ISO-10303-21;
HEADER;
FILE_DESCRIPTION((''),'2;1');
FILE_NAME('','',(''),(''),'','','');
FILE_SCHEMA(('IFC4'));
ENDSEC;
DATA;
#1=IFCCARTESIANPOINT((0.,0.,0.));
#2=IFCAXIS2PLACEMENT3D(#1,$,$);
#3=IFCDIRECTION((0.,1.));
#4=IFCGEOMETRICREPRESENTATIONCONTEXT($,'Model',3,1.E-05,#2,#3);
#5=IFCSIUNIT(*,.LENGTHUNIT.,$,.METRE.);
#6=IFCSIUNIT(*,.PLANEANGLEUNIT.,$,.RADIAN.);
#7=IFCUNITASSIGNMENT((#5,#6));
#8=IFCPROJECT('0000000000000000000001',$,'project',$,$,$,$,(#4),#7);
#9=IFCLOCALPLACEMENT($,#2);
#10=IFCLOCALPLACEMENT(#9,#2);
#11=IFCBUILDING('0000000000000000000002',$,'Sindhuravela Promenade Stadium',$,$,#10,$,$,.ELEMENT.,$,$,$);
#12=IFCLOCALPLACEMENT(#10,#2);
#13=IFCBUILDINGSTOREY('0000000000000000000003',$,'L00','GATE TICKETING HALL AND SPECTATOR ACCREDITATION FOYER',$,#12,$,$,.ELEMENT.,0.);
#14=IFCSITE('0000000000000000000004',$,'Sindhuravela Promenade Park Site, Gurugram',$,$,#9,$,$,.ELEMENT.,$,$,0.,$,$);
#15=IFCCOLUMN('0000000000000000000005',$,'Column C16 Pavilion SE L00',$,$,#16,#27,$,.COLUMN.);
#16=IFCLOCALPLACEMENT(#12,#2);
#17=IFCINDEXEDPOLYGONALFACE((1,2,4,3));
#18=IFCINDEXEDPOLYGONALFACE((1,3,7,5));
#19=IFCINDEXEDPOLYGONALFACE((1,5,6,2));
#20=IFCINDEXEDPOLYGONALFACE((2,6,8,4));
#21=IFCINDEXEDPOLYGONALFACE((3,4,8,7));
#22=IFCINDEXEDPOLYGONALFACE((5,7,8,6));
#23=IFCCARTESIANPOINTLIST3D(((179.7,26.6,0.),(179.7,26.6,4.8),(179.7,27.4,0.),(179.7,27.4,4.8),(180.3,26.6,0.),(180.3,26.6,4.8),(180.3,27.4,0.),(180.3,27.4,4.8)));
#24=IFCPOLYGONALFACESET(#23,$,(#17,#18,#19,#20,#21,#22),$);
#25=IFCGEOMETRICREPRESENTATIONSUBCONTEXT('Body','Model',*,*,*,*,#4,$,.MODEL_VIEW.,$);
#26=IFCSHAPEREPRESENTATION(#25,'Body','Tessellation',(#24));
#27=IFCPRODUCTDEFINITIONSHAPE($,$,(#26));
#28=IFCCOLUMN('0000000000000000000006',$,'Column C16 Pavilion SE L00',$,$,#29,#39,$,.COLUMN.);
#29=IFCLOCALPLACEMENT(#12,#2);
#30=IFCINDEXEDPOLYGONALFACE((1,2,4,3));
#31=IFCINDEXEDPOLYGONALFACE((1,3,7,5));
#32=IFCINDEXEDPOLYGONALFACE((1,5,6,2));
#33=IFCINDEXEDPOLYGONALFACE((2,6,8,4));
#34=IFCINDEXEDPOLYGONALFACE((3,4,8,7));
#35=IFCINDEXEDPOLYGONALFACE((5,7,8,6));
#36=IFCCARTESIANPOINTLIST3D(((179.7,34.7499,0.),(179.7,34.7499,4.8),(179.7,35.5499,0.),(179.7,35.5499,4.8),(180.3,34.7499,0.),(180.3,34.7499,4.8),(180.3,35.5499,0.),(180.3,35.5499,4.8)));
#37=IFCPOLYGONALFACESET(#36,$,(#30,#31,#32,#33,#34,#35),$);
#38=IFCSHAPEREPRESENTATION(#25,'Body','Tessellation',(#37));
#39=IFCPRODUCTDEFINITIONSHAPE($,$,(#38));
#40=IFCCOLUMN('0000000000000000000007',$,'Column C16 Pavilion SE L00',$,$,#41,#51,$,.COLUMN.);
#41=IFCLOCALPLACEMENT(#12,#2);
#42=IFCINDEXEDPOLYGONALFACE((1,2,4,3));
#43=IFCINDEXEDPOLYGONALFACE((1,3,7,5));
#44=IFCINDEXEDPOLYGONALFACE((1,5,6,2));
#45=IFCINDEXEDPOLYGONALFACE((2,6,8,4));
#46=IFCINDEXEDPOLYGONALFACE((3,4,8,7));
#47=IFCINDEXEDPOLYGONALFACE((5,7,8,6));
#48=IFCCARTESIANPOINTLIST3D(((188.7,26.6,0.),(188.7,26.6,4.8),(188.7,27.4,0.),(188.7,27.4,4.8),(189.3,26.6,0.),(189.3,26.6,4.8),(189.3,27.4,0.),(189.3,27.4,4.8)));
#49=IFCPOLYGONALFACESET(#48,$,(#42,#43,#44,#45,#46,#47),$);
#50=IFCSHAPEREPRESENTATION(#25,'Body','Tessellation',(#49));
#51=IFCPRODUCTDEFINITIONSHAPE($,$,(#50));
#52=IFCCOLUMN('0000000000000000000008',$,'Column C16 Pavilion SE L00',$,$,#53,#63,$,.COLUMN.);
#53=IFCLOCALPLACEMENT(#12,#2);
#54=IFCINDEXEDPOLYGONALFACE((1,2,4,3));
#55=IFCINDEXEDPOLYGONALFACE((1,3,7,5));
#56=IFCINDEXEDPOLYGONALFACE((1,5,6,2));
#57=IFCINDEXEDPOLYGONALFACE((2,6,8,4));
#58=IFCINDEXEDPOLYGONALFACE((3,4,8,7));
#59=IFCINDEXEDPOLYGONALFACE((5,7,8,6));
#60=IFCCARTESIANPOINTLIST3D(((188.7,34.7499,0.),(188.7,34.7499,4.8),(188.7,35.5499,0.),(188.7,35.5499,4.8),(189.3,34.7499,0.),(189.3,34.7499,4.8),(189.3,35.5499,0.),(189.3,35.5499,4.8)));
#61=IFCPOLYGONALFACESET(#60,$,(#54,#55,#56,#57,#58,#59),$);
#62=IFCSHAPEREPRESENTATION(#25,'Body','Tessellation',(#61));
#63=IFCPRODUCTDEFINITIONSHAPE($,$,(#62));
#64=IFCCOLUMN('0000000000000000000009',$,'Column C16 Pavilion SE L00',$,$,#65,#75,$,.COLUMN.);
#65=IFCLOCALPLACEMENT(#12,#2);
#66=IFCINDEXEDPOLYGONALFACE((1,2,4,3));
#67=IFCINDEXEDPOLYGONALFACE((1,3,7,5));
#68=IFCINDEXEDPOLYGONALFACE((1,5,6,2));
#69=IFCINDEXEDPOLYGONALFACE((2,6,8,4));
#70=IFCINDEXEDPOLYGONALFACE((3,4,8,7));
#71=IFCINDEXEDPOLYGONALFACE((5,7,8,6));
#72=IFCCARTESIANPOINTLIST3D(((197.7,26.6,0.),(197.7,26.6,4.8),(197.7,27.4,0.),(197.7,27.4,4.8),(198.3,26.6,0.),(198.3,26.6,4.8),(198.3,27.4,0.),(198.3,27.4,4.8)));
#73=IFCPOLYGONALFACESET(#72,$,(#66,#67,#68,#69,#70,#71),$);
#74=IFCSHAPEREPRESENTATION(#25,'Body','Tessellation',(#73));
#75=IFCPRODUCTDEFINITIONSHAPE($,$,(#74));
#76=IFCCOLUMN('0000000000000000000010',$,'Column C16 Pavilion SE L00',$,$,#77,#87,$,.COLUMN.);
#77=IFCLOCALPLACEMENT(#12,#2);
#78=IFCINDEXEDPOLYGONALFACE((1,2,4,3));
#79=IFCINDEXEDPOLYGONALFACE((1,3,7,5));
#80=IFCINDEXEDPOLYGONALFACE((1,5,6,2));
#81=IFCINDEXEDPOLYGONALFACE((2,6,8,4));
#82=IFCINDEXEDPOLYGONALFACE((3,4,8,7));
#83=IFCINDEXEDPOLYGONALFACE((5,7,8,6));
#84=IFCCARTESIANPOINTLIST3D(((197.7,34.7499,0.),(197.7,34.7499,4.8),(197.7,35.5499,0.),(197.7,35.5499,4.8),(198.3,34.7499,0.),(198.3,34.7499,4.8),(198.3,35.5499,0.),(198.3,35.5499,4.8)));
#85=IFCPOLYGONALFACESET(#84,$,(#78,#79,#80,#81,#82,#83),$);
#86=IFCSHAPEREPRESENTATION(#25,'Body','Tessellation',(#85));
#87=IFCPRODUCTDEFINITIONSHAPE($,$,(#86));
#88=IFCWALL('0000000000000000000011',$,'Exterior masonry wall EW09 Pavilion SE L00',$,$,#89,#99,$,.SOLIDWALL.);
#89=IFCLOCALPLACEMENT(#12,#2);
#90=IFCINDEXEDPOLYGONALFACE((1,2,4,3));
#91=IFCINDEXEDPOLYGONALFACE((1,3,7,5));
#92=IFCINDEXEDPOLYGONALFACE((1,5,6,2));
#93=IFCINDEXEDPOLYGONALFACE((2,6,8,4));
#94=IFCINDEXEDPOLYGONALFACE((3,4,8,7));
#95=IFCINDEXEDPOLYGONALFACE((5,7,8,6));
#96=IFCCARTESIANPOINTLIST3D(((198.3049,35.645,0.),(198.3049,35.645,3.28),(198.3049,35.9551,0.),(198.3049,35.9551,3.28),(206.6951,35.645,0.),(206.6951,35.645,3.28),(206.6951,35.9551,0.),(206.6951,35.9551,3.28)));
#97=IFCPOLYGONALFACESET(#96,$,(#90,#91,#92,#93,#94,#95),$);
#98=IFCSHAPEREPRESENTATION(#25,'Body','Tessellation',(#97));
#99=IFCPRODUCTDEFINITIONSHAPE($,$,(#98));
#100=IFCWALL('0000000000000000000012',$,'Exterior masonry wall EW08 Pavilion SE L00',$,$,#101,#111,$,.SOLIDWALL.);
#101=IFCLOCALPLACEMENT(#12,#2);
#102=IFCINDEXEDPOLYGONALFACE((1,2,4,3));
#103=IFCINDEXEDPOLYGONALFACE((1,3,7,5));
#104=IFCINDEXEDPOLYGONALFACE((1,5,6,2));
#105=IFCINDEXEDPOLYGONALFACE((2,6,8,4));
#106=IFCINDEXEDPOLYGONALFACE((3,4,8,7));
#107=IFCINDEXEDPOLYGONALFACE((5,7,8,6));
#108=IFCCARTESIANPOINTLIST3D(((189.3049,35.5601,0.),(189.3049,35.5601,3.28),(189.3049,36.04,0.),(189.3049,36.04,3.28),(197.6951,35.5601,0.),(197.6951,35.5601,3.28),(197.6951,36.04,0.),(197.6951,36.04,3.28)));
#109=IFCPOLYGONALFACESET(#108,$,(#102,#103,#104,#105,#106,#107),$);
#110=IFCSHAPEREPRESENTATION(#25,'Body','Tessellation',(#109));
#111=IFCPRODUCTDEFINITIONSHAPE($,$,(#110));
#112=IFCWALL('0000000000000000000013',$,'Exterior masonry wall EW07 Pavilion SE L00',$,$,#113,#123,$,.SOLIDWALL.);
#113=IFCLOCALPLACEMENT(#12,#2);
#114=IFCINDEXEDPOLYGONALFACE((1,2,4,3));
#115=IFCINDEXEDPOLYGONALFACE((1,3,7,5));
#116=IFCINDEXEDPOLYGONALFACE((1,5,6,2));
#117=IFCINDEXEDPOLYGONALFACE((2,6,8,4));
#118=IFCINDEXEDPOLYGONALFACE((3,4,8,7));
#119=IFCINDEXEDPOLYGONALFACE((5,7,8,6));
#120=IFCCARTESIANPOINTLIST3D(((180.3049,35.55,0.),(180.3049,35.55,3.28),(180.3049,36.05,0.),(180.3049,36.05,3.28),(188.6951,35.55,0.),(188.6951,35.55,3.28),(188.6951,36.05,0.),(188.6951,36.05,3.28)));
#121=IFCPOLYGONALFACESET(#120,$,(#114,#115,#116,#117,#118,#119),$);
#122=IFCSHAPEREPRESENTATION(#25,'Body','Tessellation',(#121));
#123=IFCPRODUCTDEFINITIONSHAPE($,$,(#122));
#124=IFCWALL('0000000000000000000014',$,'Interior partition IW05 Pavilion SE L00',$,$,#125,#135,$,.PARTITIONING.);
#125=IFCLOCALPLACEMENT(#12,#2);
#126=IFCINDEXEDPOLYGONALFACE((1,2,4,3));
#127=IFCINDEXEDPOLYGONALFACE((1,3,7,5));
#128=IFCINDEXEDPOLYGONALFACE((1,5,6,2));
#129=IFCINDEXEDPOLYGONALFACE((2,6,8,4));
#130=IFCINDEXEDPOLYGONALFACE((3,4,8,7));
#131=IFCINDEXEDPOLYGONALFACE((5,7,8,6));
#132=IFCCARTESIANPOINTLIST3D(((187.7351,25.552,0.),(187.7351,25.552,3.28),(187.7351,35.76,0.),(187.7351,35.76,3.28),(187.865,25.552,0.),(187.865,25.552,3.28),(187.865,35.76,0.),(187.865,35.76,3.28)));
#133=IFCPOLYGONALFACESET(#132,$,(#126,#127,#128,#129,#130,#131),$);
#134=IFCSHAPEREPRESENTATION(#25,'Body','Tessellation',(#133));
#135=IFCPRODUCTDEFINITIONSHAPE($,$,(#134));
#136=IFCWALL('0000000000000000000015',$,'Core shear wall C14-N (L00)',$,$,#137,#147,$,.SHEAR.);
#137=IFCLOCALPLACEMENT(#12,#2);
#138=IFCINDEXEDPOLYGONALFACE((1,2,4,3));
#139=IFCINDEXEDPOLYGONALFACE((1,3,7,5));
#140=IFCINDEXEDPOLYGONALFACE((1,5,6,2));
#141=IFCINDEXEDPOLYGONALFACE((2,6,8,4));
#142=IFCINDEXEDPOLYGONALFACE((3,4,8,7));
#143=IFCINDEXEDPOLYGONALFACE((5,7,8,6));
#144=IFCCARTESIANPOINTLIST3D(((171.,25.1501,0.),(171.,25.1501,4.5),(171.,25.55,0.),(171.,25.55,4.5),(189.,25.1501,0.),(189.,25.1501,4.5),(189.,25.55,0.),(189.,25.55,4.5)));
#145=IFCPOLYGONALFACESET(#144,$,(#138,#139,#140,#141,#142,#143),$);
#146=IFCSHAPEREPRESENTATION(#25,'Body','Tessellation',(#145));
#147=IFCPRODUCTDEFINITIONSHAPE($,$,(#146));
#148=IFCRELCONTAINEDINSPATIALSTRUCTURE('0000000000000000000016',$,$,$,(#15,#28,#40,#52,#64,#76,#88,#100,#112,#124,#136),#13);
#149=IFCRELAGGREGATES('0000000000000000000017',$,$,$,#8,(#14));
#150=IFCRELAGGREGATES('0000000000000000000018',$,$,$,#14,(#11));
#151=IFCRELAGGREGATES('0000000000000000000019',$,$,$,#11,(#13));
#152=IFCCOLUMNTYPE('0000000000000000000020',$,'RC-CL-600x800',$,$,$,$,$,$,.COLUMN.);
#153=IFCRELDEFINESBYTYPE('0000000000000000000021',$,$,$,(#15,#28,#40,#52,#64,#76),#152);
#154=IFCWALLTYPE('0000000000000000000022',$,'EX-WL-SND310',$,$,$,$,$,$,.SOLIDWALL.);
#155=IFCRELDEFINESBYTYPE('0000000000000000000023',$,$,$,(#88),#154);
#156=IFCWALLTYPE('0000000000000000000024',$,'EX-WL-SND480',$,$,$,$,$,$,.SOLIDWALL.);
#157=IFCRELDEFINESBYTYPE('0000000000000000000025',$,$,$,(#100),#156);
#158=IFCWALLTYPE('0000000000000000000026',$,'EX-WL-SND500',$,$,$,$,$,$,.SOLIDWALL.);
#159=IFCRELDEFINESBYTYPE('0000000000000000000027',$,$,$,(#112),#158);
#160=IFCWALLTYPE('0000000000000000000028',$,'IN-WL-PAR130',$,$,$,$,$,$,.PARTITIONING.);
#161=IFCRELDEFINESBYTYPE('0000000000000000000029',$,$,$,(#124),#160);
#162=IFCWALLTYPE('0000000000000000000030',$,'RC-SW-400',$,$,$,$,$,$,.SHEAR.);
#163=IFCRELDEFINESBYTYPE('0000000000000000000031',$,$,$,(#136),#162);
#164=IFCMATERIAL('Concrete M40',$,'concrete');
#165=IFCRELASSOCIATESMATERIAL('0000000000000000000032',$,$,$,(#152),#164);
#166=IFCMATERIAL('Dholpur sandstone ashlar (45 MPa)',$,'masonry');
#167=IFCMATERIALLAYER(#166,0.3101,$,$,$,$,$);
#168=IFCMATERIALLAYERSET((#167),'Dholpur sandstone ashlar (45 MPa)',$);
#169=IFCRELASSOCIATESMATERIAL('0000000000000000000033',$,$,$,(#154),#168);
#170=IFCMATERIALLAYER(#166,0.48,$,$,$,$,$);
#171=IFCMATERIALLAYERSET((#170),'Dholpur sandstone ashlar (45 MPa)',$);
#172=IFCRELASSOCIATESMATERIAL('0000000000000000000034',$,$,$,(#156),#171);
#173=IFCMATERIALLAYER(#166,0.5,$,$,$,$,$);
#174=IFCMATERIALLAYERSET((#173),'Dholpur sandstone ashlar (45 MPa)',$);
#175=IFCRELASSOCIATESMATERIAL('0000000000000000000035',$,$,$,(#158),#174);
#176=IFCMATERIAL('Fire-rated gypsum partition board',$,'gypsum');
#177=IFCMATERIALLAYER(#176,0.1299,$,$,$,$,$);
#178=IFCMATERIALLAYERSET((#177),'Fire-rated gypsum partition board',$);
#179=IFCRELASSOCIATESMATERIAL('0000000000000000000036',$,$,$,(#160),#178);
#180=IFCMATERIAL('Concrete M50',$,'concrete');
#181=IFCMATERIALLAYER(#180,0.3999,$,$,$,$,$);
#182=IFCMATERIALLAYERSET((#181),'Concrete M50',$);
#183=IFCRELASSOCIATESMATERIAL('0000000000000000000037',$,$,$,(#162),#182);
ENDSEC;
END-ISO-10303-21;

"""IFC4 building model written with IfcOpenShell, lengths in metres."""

from ifc_helpers import new_model, si_unit, direction, frame, frame_2d, origin, origin_2d, place, context, subcontext, project, spatial, rectangle, extrude, material, layer, layer_set, material_profile, profile_set, type_object, element, save


model = new_model("IFC4")

# Units and contexts
model_context = context("Model", 3, precision=1e-05, world=origin(), true_north=direction((0.0, 1.0)))
body_context = subcontext(model_context, "Body", "Model", "MODEL_VIEW")
ifc_project = project(units=[si_unit("LENGTHUNIT", "METRE"), si_unit("PLANEANGLEUNIT", "RADIAN")], contexts=[model_context])

# Site, building, storey
site_placement = place(None, origin())
site = spatial("IfcSite", under=ifc_project, at=site_placement, Name="Sindhuravela Promenade Park Site, Gurugram", CompositionType="ELEMENT", RefElevation=0.0)
building_placement = place(site_placement, origin())
building = spatial("IfcBuilding", under=site, at=building_placement, Name="Sindhuravela Promenade Stadium", CompositionType="ELEMENT")
storey_placement = place(building_placement, origin())
storey = spatial("IfcBuildingStorey", under=building, at=storey_placement, Name="L00", Description="GATE TICKETING HALL AND SPECTATOR ACCREDITATION FOYER", CompositionType="ELEMENT", Elevation=0.0)

# Shared definitions
ifc_material_1 = material(Name="Concrete M50", Category="concrete")

# Shared definitions
ifc_material_2 = material(Name="Concrete M40", Category="concrete")

# Columns
ifc_material_profile_1 = material_profile(ifc_material_2, rectangle(XDim=0.6001, YDim=0.8, at=origin_2d()), Name="RC 600x800")
ifc_profile_set_1 = profile_set([ifc_material_profile_1], Name="Concrete M40")
column_type = type_object("IfcColumnType", Name="RC-CL-600x800", PredefinedType="COLUMN", material=ifc_profile_set_1)
for number, where, z_axis, x_axis, name in (
    (1, (180.0, 27.0, 0.0), (0.0, 0.0, 1.0), (1.0, 0.0, 0.0), "Column C16 Pavilion SE L00"),
    (2, (180.0, 35.1499, 0.0), (0.0, 0.0, 1.0), (1.0, 0.0, 0.0), "Column C16 Pavilion SE L00"),
    (3, (189.0, 27.0, 0.0), (0.0, 0.0, 1.0), (1.0, 0.0, 0.0), "Column C16 Pavilion SE L00"),
    (4, (189.0, 35.1499, 0.0), (0.0, 0.0, 1.0), (1.0, 0.0, 0.0), "Column C16 Pavilion SE L00"),
    (5, (198.0, 27.0, 0.0), (0.0, 0.0, 1.0), (1.0, 0.0, 0.0), "Column C16 Pavilion SE L00"),
    (6, (198.0, 35.1499, 0.0), (0.0, 0.0, 1.0), (1.0, 0.0, 0.0), "Column C16 Pavilion SE L00"),
):
    element("IfcColumn", number, at=place(storey_placement, frame(where, z_axis=z_axis, x_axis=x_axis)), inside=storey, type_object=column_type, Name=name, PredefinedType="COLUMN", context=body_context, shape_type="SweptSolid", body=[
        extrude(rectangle(XDim=0.6001, YDim=0.8, at=origin_2d()), origin(), (0.0, 0.0, 1.0), 4.8),
    ])

# Walls
ifc_material_3 = material(Name="Dholpur sandstone ashlar (45 MPa)", Category="masonry")
ifc_layer_1 = layer(ifc_material_3, 0.3101)
ifc_layer_set_1 = layer_set([ifc_layer_1], Name="Dholpur sandstone ashlar (45 MPa)")
wall_type_1 = type_object("IfcWallType", Name="EX-WL-SND310", PredefinedType="SOLIDWALL", material=ifc_layer_set_1)
wall_1_placement = place(storey_placement, frame((198.3049, 35.8, 0.0), z_axis=(0.0, 0.0, 1.0), x_axis=(1.0, 0.0, 0.0)))
element("IfcWall", 7, at=wall_1_placement, inside=storey, type_object=wall_type_1, Name="Exterior masonry wall EW09 Pavilion SE L00", PredefinedType="SOLIDWALL", context=body_context, shape_type="SweptSolid", body=[
    extrude(rectangle(XDim=8.3901, YDim=0.3101, at=frame_2d((4.1951, 0.0))), origin(), (0.0, 0.0, 1.0), 3.28),
])
ifc_layer_2 = layer(ifc_material_3, 0.48)
ifc_layer_set_2 = layer_set([ifc_layer_2], Name="Dholpur sandstone ashlar (45 MPa)")
wall_type_2 = type_object("IfcWallType", Name="EX-WL-SND480", PredefinedType="SOLIDWALL", material=ifc_layer_set_2)
wall_2_placement = place(storey_placement, frame((189.3049, 35.8, 0.0), z_axis=(0.0, 0.0, 1.0), x_axis=(1.0, 0.0, 0.0)))
element("IfcWall", 8, at=wall_2_placement, inside=storey, type_object=wall_type_2, Name="Exterior masonry wall EW08 Pavilion SE L00", PredefinedType="SOLIDWALL", context=body_context, shape_type="SweptSolid", body=[
    extrude(rectangle(XDim=8.3901, YDim=0.48, at=frame_2d((4.1951, 0.0))), origin(), (0.0, 0.0, 1.0), 3.28),
])
ifc_layer_3 = layer(ifc_material_3, 0.5)
ifc_layer_set_3 = layer_set([ifc_layer_3], Name="Dholpur sandstone ashlar (45 MPa)")
wall_type_3 = type_object("IfcWallType", Name="EX-WL-SND500", PredefinedType="SOLIDWALL", material=ifc_layer_set_3)
wall_3_placement = place(storey_placement, frame((180.3049, 35.8, 0.0), z_axis=(0.0, 0.0, 1.0), x_axis=(1.0, 0.0, 0.0)))
element("IfcWall", 9, at=wall_3_placement, inside=storey, type_object=wall_type_3, Name="Exterior masonry wall EW07 Pavilion SE L00", PredefinedType="SOLIDWALL", context=body_context, shape_type="SweptSolid", body=[
    extrude(rectangle(XDim=8.3901, YDim=0.5, at=frame_2d((4.1951, 0.0))), origin(), (0.0, 0.0, 1.0), 3.28),
])
ifc_material_4 = material(Name="Fire-rated gypsum partition board", Category="gypsum")
ifc_layer_4 = layer(ifc_material_4, 0.1299)
ifc_layer_set_4 = layer_set([ifc_layer_4], Name="Fire-rated gypsum partition board")
wall_type_4 = type_object("IfcWallType", Name="IN-WL-PAR130", PredefinedType="PARTITIONING", material=ifc_layer_set_4)
wall_4_placement = place(storey_placement, frame((187.8, 25.552, 0.0), z_axis=(0.0, 0.0, 1.0), x_axis=(0.0, 1.0, 0.0)))
element("IfcWall", 10, at=wall_4_placement, inside=storey, type_object=wall_type_4, Name="Interior partition IW05 Pavilion SE L00", PredefinedType="PARTITIONING", context=body_context, shape_type="SweptSolid", body=[
    extrude(rectangle(XDim=10.208, YDim=0.1299, at=frame_2d((5.104, 0.0))), origin(), (0.0, 0.0, 1.0), 3.28),
])
ifc_layer_5 = layer(ifc_material_1, 0.3999)
ifc_layer_set_5 = layer_set([ifc_layer_5], Name="Concrete M50")
wall_type_5 = type_object("IfcWallType", Name="RC-SW-400", PredefinedType="SHEAR", material=ifc_layer_set_5)
wall_5_placement = place(storey_placement, frame((189.0, 25.3501, 0.0), z_axis=(0.0, 0.0, 1.0), x_axis=(-1.0, 0.0, 0.0)))
element("IfcWall", 11, at=wall_5_placement, inside=storey, type_object=wall_type_5, Name="Core shear wall C14-N (L00)", PredefinedType="SHEAR", context=body_context, shape_type="SweptSolid", body=[
    extrude(rectangle(XDim=18.0, YDim=0.3999, at=frame_2d((9.0, 0.0))), origin(), (0.0, 0.0, 1.0), 4.5),
])

save(model, "model.ifc")
